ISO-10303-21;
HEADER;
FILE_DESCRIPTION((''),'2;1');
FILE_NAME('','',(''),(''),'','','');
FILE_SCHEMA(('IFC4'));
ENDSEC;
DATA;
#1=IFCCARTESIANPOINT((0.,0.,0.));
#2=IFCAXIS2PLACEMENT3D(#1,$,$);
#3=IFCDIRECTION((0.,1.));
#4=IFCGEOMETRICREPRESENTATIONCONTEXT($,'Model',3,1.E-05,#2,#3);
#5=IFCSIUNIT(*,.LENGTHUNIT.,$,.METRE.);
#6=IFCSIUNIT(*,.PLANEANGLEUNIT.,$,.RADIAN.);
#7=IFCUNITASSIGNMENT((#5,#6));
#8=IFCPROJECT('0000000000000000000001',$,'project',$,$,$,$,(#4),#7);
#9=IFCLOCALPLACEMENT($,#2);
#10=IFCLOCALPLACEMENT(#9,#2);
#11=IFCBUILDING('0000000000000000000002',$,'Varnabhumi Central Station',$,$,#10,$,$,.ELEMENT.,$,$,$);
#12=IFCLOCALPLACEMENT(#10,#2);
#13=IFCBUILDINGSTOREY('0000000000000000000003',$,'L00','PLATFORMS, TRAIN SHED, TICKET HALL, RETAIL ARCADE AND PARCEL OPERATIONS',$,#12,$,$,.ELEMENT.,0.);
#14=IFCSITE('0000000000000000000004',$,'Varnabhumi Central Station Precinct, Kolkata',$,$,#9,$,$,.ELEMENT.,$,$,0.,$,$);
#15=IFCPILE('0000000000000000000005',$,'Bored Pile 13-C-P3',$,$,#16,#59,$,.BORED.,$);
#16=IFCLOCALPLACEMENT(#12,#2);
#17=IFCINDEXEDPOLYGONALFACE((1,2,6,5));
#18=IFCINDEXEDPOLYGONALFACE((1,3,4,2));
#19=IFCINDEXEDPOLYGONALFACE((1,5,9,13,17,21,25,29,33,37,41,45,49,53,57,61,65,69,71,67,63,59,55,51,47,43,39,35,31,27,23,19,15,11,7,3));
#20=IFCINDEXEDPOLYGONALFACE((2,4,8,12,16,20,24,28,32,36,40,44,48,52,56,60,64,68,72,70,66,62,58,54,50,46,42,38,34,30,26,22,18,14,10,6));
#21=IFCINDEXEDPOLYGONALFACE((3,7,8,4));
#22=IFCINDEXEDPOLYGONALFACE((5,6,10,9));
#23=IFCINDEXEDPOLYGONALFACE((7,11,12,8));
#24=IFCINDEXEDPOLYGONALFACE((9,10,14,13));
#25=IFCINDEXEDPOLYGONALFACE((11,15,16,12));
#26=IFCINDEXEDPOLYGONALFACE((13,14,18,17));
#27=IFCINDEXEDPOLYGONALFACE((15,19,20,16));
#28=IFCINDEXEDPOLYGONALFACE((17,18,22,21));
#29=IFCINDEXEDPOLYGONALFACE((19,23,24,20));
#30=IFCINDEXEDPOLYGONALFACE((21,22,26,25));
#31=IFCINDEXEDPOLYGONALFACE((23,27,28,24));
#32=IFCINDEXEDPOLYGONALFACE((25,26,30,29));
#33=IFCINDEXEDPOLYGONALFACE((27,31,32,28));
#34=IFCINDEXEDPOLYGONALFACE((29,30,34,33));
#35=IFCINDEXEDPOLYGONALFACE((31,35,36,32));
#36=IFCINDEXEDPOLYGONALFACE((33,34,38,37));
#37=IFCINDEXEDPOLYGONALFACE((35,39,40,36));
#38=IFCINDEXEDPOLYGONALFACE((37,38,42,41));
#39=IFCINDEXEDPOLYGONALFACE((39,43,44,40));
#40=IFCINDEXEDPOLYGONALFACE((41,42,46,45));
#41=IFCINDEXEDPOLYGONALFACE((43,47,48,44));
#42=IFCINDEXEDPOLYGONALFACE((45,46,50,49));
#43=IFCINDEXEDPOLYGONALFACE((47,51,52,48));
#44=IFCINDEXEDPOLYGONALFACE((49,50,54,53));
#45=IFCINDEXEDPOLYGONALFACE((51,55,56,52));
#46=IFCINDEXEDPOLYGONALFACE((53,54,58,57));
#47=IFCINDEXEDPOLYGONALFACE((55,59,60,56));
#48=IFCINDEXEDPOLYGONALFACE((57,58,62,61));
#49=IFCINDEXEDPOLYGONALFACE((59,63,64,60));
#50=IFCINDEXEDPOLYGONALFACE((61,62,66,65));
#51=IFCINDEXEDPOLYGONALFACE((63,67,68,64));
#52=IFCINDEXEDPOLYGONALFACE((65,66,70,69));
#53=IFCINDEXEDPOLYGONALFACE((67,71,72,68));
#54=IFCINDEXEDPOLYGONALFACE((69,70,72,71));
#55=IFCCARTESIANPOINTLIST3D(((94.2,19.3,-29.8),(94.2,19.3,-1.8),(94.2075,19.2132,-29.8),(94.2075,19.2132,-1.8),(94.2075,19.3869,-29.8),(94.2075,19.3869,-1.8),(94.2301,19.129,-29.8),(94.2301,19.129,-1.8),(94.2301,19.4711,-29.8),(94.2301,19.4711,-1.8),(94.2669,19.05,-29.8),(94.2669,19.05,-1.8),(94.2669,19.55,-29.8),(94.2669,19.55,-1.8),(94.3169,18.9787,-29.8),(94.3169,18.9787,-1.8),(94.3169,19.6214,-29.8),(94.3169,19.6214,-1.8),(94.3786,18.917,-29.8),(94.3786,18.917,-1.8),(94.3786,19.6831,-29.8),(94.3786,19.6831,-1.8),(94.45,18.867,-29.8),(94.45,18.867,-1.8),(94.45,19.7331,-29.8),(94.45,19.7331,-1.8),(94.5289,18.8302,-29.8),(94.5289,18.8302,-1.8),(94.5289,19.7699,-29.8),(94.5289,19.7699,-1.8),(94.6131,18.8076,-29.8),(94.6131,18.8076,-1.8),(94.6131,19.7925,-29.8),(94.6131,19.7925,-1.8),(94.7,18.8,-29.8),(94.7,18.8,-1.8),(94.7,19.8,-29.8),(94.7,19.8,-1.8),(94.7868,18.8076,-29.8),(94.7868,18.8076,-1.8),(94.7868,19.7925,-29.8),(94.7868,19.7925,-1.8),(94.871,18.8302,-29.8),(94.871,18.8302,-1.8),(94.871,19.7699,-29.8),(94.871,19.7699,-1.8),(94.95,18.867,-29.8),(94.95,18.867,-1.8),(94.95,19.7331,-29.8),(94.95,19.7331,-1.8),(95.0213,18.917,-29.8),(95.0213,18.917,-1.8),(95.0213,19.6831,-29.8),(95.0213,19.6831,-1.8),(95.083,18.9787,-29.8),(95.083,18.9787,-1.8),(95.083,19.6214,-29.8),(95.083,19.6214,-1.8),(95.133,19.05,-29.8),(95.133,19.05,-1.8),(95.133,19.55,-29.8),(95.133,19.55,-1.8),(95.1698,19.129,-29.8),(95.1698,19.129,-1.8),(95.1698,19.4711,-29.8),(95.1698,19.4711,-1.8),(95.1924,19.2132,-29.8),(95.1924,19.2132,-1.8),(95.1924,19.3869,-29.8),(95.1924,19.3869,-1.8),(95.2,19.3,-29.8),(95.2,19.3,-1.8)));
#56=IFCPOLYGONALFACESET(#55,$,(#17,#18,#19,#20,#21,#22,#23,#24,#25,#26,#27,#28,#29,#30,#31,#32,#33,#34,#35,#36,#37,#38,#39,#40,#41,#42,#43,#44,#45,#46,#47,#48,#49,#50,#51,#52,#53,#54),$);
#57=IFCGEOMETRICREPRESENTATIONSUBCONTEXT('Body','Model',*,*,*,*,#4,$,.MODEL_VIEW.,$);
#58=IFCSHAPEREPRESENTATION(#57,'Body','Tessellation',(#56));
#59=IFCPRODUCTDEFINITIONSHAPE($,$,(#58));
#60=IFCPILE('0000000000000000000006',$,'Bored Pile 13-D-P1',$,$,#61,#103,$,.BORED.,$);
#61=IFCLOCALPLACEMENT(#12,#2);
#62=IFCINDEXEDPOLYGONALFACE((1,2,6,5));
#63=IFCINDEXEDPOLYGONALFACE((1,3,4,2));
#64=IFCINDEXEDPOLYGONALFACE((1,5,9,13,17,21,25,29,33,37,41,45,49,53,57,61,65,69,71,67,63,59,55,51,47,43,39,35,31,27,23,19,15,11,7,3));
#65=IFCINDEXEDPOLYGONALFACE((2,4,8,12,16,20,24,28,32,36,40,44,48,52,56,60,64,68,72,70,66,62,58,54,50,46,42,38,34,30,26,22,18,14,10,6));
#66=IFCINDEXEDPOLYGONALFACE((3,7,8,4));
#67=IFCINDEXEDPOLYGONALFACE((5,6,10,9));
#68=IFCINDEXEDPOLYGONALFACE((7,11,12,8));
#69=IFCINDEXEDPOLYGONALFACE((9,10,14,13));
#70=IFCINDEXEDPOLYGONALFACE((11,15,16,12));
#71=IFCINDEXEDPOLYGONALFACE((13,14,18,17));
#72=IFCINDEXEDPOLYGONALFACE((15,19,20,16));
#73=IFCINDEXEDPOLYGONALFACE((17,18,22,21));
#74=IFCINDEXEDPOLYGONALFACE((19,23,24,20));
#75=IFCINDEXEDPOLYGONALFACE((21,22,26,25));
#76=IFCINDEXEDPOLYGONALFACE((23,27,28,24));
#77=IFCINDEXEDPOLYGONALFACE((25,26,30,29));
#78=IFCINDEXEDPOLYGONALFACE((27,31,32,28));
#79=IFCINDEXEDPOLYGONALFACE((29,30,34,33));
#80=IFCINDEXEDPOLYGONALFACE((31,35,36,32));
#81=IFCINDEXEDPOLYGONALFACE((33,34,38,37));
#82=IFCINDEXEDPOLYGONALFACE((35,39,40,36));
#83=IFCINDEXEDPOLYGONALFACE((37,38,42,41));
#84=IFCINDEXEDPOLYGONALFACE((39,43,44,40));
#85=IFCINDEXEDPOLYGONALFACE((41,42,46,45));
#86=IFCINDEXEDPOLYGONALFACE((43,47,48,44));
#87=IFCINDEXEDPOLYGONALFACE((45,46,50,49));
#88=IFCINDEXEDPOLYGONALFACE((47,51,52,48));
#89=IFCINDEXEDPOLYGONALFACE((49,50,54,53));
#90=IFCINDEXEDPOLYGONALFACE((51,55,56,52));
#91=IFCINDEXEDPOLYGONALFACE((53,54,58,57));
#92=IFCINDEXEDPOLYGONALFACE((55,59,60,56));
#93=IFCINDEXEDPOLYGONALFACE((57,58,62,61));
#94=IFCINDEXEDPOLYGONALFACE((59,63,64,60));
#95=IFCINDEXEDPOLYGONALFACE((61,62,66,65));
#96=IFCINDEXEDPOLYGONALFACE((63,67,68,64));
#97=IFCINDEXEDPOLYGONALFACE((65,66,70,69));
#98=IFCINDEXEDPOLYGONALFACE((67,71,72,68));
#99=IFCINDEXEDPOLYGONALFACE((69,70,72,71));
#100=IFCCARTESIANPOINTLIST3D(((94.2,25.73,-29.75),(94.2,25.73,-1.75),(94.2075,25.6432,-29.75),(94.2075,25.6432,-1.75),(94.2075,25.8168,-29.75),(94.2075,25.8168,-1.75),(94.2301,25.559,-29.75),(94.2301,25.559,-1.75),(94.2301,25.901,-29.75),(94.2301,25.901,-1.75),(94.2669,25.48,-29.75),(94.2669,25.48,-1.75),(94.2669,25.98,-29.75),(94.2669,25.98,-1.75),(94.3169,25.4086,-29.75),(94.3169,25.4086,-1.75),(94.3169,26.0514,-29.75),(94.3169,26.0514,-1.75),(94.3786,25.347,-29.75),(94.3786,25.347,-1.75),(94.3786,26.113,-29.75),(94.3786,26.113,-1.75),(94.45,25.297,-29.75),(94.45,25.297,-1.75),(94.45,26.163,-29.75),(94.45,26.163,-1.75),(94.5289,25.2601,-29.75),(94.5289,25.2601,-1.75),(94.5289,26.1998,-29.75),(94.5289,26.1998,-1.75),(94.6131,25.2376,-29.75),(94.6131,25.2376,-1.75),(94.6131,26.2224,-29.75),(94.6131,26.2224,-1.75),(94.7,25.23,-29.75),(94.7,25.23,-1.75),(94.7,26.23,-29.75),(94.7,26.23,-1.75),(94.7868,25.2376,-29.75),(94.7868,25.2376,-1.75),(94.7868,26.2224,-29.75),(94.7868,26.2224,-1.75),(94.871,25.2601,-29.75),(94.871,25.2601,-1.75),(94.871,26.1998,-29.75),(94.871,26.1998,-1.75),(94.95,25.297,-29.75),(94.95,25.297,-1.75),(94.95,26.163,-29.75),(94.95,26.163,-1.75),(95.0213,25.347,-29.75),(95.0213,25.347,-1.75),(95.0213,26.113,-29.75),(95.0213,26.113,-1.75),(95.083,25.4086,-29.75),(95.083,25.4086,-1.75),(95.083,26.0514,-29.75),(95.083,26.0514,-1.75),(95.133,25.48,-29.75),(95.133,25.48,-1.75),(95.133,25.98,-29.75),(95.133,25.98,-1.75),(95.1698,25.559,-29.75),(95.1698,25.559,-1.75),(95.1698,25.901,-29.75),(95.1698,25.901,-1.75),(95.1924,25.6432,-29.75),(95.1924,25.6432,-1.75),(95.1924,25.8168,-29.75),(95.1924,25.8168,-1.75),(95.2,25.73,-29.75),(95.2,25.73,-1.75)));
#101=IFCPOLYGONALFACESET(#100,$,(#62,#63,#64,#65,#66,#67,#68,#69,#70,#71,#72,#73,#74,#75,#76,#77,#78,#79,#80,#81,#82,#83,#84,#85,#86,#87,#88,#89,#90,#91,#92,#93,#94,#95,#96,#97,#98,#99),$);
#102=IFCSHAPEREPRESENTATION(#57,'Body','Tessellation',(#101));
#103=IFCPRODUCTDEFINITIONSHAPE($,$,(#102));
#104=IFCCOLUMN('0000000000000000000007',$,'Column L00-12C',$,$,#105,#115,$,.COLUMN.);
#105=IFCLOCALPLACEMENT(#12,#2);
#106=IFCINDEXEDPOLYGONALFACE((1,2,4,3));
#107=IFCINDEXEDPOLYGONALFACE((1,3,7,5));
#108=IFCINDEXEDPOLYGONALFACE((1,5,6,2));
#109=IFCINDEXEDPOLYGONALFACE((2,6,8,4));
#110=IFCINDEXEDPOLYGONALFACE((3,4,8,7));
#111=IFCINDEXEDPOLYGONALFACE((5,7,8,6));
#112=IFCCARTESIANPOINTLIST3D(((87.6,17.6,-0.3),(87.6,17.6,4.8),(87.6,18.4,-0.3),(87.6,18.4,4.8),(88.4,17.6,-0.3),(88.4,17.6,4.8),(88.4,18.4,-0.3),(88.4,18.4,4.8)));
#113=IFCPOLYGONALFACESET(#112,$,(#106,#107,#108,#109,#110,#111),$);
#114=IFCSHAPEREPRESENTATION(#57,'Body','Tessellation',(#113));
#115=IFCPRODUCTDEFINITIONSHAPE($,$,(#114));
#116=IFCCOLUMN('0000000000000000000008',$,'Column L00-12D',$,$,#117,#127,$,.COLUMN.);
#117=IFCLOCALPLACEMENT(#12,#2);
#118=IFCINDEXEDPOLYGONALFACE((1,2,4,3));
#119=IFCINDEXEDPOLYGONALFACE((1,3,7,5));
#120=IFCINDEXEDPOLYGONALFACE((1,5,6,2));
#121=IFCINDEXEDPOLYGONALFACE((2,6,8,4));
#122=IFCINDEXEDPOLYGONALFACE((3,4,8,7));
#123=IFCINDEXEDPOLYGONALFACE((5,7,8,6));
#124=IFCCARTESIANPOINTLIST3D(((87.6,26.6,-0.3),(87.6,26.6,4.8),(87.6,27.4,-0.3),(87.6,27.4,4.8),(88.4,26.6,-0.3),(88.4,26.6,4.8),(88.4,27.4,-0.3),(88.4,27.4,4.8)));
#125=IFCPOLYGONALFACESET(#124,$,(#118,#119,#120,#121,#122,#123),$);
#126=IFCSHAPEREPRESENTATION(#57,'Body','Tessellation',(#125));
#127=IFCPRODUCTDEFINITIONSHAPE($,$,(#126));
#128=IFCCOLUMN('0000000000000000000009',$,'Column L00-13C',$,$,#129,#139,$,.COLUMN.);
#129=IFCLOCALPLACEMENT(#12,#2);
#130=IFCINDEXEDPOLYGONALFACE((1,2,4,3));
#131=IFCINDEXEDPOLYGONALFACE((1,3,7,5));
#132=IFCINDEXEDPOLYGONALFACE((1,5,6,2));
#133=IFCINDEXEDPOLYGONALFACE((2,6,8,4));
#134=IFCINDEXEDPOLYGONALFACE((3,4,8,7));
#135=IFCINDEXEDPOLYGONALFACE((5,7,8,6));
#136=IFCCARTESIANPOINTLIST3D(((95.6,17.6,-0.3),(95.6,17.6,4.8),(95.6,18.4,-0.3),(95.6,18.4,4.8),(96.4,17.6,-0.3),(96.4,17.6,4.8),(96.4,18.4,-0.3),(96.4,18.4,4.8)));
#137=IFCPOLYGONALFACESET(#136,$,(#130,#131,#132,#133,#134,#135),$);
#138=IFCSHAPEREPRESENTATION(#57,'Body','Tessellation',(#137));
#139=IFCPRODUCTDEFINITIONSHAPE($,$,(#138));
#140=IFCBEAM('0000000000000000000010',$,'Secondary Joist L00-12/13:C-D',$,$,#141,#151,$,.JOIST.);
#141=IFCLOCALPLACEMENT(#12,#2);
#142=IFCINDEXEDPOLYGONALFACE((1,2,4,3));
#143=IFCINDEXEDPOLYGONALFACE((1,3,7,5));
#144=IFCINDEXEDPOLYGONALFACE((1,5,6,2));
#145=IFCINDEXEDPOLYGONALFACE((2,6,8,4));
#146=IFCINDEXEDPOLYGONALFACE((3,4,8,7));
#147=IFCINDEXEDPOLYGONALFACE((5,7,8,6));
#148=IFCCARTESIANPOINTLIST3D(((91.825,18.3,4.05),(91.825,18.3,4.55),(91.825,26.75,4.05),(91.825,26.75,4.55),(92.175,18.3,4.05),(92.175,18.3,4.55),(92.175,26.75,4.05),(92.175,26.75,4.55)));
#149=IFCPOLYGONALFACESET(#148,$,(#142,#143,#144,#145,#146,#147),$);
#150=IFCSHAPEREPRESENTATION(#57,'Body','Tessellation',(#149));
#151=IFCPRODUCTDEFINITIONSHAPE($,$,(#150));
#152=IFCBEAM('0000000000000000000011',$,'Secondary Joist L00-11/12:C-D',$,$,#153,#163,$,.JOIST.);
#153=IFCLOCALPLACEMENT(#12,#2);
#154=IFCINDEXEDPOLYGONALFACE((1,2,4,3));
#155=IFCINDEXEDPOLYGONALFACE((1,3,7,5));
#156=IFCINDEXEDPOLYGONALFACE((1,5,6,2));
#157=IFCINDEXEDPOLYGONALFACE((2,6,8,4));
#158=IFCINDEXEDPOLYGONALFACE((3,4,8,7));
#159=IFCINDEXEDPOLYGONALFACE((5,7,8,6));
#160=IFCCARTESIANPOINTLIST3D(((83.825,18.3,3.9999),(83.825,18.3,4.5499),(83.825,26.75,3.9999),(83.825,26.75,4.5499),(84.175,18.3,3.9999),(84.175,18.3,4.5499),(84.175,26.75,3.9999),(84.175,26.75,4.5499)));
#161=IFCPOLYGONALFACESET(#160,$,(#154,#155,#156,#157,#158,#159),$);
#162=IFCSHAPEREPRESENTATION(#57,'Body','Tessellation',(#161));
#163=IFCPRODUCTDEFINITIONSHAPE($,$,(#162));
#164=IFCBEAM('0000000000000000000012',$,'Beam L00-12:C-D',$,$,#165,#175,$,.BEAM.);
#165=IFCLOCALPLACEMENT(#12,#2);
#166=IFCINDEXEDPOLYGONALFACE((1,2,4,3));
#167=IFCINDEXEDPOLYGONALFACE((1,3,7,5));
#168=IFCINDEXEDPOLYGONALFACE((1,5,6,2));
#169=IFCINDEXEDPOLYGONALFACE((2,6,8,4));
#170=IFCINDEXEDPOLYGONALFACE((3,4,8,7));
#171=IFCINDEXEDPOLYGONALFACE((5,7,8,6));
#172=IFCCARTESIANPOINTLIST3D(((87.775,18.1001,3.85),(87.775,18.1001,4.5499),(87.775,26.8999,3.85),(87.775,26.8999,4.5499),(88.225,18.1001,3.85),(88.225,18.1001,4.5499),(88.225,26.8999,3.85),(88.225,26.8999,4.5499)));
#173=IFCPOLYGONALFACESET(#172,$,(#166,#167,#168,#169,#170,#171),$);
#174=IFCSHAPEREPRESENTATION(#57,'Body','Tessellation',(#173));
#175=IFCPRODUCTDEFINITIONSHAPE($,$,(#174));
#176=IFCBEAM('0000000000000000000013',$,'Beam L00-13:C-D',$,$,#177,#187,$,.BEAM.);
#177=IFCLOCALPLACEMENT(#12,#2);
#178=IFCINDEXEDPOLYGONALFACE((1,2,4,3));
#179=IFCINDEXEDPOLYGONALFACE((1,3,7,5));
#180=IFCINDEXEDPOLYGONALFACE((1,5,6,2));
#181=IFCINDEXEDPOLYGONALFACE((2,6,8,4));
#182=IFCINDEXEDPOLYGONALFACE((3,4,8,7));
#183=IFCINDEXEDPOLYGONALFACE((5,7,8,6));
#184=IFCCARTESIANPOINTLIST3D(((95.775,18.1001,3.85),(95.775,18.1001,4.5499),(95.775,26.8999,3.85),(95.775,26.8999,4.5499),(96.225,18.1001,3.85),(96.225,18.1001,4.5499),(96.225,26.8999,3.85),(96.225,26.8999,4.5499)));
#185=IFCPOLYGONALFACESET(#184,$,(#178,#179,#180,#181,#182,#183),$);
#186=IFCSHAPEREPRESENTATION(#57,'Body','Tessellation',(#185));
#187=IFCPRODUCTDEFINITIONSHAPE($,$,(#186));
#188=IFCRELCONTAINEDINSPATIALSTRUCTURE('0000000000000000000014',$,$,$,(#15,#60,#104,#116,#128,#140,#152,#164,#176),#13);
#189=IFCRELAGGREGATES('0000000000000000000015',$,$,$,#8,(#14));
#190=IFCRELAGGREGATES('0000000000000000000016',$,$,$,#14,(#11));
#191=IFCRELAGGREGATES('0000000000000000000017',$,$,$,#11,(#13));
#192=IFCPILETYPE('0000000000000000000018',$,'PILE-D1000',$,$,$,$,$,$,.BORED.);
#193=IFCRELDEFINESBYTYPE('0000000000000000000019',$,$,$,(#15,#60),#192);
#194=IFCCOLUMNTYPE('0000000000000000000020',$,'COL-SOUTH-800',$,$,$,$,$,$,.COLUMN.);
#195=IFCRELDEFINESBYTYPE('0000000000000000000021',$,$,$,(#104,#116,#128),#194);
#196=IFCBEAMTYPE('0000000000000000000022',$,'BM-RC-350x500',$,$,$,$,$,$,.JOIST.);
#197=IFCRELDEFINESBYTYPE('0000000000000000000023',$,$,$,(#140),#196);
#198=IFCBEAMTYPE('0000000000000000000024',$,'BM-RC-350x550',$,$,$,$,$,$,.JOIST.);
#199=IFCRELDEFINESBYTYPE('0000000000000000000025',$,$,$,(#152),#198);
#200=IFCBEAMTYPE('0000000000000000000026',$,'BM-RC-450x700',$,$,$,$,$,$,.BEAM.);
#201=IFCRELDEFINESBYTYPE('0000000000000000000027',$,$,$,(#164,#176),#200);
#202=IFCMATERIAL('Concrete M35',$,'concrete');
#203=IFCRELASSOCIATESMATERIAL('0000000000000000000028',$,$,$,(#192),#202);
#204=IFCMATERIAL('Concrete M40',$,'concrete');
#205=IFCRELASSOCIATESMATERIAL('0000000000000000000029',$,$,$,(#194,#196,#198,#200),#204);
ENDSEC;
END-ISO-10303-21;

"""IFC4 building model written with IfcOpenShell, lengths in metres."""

from ifc_helpers import new_model, si_unit, direction, frame, origin, origin_2d, place, context, subcontext, project, spatial, rectangle, circle, extrude, material, material_profile, profile_set, type_object, element, save


model = new_model("IFC4")

# Units and contexts
model_context = context("Model", 3, precision=1e-05, world=origin(), true_north=direction((0.0, 1.0)))
body_context = subcontext(model_context, "Body", "Model", "MODEL_VIEW")
ifc_project = project(units=[si_unit("LENGTHUNIT", "METRE"), si_unit("PLANEANGLEUNIT", "RADIAN")], contexts=[model_context])

# Site, building, storey
site_placement = place(None, origin())
site = spatial("IfcSite", under=ifc_project, at=site_placement, Name="Varnabhumi Central Station Precinct, Kolkata", CompositionType="ELEMENT", RefElevation=0.0)
building_placement = place(site_placement, origin())
building = spatial("IfcBuilding", under=site, at=building_placement, Name="Varnabhumi Central Station", CompositionType="ELEMENT")
storey_placement = place(building_placement, origin())
storey = spatial("IfcBuildingStorey", under=building, at=storey_placement, Name="L00", Description="PLATFORMS, TRAIN SHED, TICKET HALL, RETAIL ARCADE AND PARCEL OPERATIONS", CompositionType="ELEMENT", Elevation=0.0)

# Shared definitions
ifc_material_1 = material(Name="Concrete M40", Category="concrete")

# Piles
ifc_material_2 = material(Name="Concrete M35", Category="concrete")
ifc_material_profile_1 = material_profile(ifc_material_2, circle(Radius=0.5, at=origin_2d()), Name="Concrete M35", Category="concrete")
ifc_profile_set_1 = profile_set([ifc_material_profile_1], Name="Concrete M35")
pile_type = type_object("IfcPileType", Name="PILE-D1000", PredefinedType="BORED", material=ifc_profile_set_1)
for number, where, z_axis, x_axis, name in (
    (1, (94.7, 19.3, -1.8), (0.0, 0.0, -1.0), (1.0, 0.0, 0.0), "Bored Pile 13-C-P3"),
    (2, (94.7, 25.73, -1.75), (0.0, 0.0, -1.0), (1.0, 0.0, 0.0), "Bored Pile 13-D-P1"),
):
    element("IfcPile", number, at=place(storey_placement, frame(where, z_axis=z_axis, x_axis=x_axis)), inside=storey, type_object=pile_type, Name=name, PredefinedType="BORED", context=body_context, shape_type="SweptSolid", body=[
        extrude(circle(Radius=0.5, at=origin_2d()), origin(), (0.0, 0.0, 1.0), 28.0),
    ])

# Columns
ifc_material_profile_2 = material_profile(ifc_material_1, rectangle(XDim=0.8, YDim=0.8, at=origin_2d()), Name="Concrete M40", Category="concrete")
ifc_profile_set_2 = profile_set([ifc_material_profile_2], Name="Concrete M40")
column_type = type_object("IfcColumnType", Name="COL-SOUTH-800", PredefinedType="COLUMN", material=ifc_profile_set_2)
for number, where, z_axis, x_axis, name in (
    (3, (88.0, 18.0, -0.3), (0.0, 0.0, 1.0), (1.0, 0.0, 0.0), "Column L00-12C"),
    (4, (88.0, 27.0, -0.3), (0.0, 0.0, 1.0), (1.0, 0.0, 0.0), "Column L00-12D"),
    (5, (96.0, 18.0, -0.3), (0.0, 0.0, 1.0), (1.0, 0.0, 0.0), "Column L00-13C"),
):
    element("IfcColumn", number, at=place(storey_placement, frame(where, z_axis=z_axis, x_axis=x_axis)), inside=storey, type_object=column_type, Name=name, PredefinedType="COLUMN", context=body_context, shape_type="SweptSolid", body=[
        extrude(rectangle(XDim=0.8, YDim=0.8, at=origin_2d()), origin(), (0.0, 0.0, 1.0), 5.1001),
    ])

# Beams
ifc_material_profile_3 = material_profile(ifc_material_1, rectangle(XDim=0.3501, YDim=0.5, at=origin_2d()), Name="Concrete M40", Category="concrete")
ifc_profile_set_3 = profile_set([ifc_material_profile_3], Name="Concrete M40")
beam_type_1 = type_object("IfcBeamType", Name="BM-RC-350x500", PredefinedType="JOIST", material=ifc_profile_set_3)
beam_1_placement = place(storey_placement, frame((92.0, 18.3, 4.3), z_axis=(0.0, 1.0, 0.0), x_axis=(-1.0, 0.0, 0.0)))
element("IfcBeam", 6, at=beam_1_placement, inside=storey, type_object=beam_type_1, Name="Secondary Joist L00-12/13:C-D", PredefinedType="JOIST", context=body_context, shape_type="SweptSolid", body=[
    extrude(rectangle(XDim=0.3501, YDim=0.5, at=origin_2d()), origin(), (0.0, 0.0, 1.0), 8.45),
])
ifc_material_profile_4 = material_profile(ifc_material_1, rectangle(XDim=0.3501, YDim=0.55, at=origin_2d()), Name="Concrete M40", Category="concrete")
ifc_profile_set_4 = profile_set([ifc_material_profile_4], Name="Concrete M40")
beam_type_2 = type_object("IfcBeamType", Name="BM-RC-350x550", PredefinedType="JOIST", material=ifc_profile_set_4)
beam_2_placement = place(storey_placement, frame((84.0, 18.3, 4.2749), z_axis=(0.0, 1.0, 0.0), x_axis=(-1.0, 0.0, 0.0)))
element("IfcBeam", 7, at=beam_2_placement, inside=storey, type_object=beam_type_2, Name="Secondary Joist L00-11/12:C-D", PredefinedType="JOIST", context=body_context, shape_type="SweptSolid", body=[
    extrude(rectangle(XDim=0.3501, YDim=0.55, at=origin_2d()), origin(), (0.0, 0.0, 1.0), 8.45),
])
ifc_material_profile_5 = material_profile(ifc_material_1, rectangle(XDim=0.45, YDim=0.7, at=origin_2d()), Name="Concrete M40", Category="concrete")
ifc_profile_set_5 = profile_set([ifc_material_profile_5], Name="Concrete M40")
beam_type_3 = type_object("IfcBeamType", Name="BM-RC-450x700", PredefinedType="BEAM", material=ifc_profile_set_5)
for number, where, z_axis, x_axis, name in (
    (8, (88.0, 18.1001, 4.2), (0.0, 1.0, 0.0), (-1.0, 0.0, 0.0), "Beam L00-12:C-D"),
    (9, (96.0, 18.1001, 4.2), (0.0, 1.0, 0.0), (-1.0, 0.0, 0.0), "Beam L00-13:C-D"),
):
    element("IfcBeam", number, at=place(storey_placement, frame(where, z_axis=z_axis, x_axis=x_axis)), inside=storey, type_object=beam_type_3, Name=name, PredefinedType="BEAM", context=body_context, shape_type="SweptSolid", body=[
        extrude(rectangle(XDim=0.45, YDim=0.7, at=origin_2d()), origin(), (0.0, 0.0, 1.0), 8.7998),
    ])

save(model, "model.ifc")
